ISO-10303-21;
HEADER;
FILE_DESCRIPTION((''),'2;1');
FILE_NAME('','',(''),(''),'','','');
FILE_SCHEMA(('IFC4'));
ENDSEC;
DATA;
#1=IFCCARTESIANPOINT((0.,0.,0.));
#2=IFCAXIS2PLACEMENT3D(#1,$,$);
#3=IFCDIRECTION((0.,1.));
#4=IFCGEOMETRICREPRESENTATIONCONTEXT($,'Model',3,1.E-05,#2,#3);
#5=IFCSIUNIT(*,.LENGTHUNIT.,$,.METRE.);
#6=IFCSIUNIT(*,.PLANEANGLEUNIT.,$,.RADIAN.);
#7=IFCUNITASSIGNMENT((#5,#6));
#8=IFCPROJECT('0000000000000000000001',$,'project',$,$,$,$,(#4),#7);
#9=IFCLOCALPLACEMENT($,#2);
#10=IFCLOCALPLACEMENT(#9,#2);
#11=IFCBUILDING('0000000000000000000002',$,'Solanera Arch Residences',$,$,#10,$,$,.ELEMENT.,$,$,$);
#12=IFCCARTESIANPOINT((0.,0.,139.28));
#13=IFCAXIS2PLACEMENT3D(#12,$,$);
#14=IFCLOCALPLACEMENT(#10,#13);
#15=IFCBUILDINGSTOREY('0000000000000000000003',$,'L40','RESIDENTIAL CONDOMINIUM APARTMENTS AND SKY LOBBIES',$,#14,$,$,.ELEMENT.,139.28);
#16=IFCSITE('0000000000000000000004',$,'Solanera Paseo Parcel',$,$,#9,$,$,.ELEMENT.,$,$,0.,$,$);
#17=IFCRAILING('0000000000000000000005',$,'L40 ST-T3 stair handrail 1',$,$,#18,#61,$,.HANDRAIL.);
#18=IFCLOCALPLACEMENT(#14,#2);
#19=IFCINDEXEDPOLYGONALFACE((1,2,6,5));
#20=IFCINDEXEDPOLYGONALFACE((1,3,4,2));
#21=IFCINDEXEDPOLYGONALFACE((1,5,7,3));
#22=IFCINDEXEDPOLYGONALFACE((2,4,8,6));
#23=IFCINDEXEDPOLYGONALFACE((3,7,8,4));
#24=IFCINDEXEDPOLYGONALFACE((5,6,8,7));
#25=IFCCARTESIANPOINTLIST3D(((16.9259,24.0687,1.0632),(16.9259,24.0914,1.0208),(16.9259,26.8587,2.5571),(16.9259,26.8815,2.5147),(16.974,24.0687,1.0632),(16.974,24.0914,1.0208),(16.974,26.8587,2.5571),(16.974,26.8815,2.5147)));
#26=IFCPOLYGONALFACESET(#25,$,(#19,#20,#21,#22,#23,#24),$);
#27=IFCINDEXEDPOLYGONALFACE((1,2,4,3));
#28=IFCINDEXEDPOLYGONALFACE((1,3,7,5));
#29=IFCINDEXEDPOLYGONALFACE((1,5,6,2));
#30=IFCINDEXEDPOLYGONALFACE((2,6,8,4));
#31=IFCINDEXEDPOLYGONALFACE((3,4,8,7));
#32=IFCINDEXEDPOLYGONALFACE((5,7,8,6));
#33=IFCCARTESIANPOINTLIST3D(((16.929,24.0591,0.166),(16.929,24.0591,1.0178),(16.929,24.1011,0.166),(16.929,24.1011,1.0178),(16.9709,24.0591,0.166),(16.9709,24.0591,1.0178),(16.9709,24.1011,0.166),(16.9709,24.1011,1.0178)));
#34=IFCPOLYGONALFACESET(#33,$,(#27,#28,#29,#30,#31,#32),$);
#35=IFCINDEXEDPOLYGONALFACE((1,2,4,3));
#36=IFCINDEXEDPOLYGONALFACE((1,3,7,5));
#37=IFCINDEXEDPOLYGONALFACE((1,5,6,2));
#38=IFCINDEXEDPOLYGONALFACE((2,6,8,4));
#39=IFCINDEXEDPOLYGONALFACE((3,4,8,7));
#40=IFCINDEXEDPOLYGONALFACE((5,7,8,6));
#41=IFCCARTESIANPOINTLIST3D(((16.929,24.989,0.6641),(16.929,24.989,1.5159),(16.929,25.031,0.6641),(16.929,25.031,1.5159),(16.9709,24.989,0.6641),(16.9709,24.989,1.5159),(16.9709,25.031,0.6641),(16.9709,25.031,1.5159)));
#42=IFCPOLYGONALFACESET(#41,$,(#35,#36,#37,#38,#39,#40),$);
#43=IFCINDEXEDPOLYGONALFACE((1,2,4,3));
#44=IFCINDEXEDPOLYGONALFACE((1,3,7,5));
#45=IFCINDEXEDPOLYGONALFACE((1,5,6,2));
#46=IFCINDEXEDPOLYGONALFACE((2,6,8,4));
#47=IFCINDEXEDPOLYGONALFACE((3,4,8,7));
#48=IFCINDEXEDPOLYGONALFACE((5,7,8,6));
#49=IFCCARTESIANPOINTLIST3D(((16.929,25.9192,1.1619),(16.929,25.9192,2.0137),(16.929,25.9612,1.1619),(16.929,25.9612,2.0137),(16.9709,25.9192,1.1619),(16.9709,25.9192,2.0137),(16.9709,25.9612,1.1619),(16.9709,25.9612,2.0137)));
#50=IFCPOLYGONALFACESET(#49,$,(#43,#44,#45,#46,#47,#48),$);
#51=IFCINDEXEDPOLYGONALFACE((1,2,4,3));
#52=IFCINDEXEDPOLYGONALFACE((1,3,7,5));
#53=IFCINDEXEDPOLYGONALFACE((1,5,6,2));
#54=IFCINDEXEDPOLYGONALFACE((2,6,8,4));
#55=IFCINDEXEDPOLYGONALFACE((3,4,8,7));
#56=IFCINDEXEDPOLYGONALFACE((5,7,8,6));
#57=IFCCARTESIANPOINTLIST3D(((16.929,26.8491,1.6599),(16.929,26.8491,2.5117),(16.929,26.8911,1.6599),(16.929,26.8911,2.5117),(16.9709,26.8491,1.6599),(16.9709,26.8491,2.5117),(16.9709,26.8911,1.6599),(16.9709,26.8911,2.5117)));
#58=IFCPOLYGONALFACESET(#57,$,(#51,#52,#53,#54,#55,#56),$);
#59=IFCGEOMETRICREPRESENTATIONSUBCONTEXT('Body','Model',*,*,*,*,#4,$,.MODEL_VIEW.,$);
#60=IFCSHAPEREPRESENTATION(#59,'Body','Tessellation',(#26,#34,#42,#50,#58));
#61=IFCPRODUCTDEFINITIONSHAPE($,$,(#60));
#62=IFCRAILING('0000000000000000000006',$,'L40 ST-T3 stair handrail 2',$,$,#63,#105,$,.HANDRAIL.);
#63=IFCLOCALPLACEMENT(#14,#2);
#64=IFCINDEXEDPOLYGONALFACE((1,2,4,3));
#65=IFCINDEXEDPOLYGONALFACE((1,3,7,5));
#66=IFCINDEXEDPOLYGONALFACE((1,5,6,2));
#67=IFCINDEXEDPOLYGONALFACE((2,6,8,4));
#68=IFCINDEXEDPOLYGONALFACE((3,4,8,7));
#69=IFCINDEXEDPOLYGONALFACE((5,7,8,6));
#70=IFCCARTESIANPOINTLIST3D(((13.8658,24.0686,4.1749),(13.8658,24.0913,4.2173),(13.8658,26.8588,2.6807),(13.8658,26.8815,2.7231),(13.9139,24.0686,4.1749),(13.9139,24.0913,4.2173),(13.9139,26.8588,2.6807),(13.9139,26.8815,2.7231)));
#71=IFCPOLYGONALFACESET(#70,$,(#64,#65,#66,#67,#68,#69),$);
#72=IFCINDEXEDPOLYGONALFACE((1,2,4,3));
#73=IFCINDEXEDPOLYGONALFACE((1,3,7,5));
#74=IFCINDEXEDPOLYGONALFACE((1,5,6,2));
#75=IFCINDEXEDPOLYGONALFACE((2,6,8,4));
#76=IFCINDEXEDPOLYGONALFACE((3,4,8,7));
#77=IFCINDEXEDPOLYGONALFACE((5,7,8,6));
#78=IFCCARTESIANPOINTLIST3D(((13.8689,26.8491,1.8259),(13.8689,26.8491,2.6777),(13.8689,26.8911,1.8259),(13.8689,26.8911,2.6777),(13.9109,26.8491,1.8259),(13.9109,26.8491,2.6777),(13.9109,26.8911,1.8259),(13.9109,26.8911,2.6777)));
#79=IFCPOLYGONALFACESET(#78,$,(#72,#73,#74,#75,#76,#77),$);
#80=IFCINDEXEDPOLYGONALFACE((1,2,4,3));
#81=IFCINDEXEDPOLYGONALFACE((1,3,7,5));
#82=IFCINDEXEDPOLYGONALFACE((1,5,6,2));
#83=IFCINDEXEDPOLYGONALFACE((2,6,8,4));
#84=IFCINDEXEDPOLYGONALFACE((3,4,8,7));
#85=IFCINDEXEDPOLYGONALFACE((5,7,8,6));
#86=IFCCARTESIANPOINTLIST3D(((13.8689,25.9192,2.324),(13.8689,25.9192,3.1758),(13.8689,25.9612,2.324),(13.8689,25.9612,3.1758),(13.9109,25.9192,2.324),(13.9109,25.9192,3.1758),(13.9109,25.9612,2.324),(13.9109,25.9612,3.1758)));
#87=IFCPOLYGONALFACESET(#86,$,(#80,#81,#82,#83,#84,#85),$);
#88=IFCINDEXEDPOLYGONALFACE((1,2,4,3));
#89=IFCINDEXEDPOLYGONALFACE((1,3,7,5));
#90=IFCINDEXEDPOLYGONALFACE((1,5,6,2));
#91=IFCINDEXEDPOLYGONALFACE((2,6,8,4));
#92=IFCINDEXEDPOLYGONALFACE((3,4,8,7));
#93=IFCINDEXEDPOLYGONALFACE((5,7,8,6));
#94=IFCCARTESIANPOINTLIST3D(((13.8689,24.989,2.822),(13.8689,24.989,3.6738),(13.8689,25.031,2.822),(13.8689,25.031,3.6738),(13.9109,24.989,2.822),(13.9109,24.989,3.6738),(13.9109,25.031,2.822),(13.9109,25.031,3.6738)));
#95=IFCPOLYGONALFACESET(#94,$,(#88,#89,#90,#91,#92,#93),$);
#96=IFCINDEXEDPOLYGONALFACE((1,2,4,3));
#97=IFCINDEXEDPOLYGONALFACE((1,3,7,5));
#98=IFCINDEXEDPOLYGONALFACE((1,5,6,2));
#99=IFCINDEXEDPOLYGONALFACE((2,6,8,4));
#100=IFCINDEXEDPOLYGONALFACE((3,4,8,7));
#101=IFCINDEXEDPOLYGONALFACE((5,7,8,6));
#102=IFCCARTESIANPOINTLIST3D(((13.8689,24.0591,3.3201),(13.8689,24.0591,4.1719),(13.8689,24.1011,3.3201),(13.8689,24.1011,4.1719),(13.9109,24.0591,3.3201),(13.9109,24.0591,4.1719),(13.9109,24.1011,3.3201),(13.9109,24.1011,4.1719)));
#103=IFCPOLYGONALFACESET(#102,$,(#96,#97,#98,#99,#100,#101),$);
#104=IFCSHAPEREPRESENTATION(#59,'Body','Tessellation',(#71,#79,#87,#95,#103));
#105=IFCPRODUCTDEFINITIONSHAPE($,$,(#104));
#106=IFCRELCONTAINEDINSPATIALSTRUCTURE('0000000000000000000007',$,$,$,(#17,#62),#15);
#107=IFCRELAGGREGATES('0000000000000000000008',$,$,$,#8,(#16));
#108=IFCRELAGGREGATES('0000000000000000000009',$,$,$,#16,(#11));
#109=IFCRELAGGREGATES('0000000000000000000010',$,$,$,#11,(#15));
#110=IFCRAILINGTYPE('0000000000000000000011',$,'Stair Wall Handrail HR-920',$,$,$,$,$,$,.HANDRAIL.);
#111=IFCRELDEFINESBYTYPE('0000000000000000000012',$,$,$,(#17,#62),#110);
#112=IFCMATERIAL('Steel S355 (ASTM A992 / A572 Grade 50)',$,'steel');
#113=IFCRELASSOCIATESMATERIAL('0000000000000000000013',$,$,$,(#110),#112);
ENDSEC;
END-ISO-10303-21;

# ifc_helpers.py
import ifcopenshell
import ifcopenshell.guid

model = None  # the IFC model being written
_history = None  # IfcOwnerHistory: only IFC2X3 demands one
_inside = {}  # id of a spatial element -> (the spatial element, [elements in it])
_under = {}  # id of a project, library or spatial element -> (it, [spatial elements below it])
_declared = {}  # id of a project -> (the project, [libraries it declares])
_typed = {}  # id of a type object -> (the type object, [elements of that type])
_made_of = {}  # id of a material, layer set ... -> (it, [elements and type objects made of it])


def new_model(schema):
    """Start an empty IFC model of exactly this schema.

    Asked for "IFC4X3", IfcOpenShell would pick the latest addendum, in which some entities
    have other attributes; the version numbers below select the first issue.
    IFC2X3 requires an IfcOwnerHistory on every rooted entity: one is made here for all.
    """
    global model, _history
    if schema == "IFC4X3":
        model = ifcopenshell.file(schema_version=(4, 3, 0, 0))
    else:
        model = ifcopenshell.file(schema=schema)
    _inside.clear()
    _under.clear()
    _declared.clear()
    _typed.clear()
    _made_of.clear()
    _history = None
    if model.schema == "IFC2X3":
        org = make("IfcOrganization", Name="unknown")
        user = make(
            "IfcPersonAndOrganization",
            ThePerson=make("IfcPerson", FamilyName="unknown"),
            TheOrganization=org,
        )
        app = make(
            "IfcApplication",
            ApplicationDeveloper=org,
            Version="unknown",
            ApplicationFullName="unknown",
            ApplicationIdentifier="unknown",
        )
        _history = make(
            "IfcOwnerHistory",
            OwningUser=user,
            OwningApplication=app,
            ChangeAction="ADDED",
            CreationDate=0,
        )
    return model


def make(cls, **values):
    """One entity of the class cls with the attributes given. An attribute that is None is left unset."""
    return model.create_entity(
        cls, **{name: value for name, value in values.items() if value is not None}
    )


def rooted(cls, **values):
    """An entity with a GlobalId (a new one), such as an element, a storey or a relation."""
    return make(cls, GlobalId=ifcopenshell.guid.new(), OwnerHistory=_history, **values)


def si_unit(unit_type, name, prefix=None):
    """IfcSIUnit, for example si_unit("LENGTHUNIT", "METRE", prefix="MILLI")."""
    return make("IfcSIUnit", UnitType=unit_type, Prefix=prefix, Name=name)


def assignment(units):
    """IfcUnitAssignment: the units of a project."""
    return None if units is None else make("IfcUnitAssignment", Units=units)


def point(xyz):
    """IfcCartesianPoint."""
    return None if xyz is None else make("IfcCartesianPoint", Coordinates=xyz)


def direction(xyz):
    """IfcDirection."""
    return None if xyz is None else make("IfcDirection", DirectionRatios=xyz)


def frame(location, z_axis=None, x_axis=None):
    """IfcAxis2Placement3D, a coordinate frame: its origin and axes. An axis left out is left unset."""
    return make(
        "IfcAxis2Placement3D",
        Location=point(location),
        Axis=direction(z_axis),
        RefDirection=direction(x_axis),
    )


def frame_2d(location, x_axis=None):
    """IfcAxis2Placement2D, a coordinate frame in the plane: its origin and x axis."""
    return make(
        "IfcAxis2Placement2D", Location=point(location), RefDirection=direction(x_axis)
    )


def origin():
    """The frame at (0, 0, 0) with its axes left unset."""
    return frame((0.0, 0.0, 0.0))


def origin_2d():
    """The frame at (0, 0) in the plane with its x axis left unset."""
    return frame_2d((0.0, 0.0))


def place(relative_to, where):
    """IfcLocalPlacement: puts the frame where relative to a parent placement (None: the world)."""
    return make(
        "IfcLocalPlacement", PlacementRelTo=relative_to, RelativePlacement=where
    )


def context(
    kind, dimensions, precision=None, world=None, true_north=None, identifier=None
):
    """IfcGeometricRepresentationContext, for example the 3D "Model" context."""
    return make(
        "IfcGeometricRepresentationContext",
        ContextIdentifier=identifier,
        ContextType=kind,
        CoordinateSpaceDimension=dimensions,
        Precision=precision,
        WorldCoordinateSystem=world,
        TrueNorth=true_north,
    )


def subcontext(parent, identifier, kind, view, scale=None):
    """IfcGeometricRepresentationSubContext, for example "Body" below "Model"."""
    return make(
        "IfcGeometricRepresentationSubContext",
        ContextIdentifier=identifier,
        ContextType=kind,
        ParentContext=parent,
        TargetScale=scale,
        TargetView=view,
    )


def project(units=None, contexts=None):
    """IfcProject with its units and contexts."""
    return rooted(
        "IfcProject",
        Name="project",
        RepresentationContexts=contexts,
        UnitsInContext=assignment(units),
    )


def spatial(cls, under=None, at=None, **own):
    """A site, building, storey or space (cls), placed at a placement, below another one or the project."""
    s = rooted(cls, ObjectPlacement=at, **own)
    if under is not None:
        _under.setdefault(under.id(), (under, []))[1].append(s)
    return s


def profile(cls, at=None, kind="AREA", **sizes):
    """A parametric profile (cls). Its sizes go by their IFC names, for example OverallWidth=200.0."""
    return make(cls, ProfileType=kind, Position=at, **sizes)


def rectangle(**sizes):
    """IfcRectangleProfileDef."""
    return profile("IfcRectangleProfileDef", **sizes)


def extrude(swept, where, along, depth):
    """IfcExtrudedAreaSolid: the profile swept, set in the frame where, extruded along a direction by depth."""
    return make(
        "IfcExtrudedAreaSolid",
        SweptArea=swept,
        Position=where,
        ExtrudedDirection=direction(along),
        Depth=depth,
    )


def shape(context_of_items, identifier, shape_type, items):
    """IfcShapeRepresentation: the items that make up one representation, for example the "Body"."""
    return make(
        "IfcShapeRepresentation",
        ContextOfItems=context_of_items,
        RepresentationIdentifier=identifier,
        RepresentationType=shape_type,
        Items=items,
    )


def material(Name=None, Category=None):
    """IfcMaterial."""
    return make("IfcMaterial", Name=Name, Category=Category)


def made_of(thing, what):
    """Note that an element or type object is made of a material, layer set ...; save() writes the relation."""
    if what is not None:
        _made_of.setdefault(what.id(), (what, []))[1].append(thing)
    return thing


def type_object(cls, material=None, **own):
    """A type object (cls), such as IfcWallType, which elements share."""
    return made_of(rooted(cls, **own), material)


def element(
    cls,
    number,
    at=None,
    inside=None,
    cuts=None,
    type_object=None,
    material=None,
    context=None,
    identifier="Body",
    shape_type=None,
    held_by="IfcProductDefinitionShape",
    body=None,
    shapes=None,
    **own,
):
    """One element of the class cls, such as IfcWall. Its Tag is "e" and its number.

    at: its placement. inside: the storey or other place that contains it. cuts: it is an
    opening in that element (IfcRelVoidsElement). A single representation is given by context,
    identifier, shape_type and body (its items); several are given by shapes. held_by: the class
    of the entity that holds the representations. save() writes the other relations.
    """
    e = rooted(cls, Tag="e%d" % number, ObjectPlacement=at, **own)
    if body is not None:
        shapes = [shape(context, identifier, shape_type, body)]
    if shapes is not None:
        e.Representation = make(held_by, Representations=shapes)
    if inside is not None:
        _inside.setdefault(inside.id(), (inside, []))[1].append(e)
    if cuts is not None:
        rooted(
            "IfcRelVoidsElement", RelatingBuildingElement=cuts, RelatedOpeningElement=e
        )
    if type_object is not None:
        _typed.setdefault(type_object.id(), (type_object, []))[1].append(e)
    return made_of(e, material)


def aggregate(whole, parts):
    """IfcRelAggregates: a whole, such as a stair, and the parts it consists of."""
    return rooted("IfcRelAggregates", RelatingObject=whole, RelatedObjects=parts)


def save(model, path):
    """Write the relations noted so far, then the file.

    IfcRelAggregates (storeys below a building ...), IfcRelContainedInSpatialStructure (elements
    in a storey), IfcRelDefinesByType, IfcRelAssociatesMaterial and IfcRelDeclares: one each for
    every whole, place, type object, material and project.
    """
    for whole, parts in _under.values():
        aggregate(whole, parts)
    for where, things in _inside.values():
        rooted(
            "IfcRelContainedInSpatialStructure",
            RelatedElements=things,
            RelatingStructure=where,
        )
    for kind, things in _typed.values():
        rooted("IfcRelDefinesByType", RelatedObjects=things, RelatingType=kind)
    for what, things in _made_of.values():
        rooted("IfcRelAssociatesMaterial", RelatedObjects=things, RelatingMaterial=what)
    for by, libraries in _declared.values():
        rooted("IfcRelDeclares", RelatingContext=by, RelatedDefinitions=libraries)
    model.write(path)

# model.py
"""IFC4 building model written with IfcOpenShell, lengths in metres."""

from ifc_helpers import new_model, si_unit, direction, frame, origin, origin_2d, place, context, subcontext, project, spatial, rectangle, extrude, material, type_object, element, save


model = new_model("IFC4")

# Units and contexts
model_context = context("Model", 3, precision=1e-05, world=origin(), true_north=direction((0.0, 1.0)))
body_context = subcontext(model_context, "Body", "Model", "MODEL_VIEW")
ifc_project = project(units=[si_unit("LENGTHUNIT", "METRE"), si_unit("PLANEANGLEUNIT", "RADIAN")], contexts=[model_context])

# Site, building, storey
site_placement = place(None, origin())
site = spatial("IfcSite", under=ifc_project, at=site_placement, Name="Solanera Paseo Parcel", CompositionType="ELEMENT", RefElevation=0.0)
building_placement = place(site_placement, origin())
building = spatial("IfcBuilding", under=site, at=building_placement, Name="Solanera Arch Residences", CompositionType="ELEMENT")
storey_placement = place(building_placement, frame((0.0, 0.0, 139.28)))
storey = spatial("IfcBuildingStorey", under=building, at=storey_placement, Name="L40", Description="RESIDENTIAL CONDOMINIUM APARTMENTS AND SKY LOBBIES", CompositionType="ELEMENT", Elevation=139.28)

# Railings
ifc_material_1 = material(Name="Steel S355 (ASTM A992 / A572 Grade 50)", Category="steel")
railing_type_1 = type_object("IfcRailingType", Name="Stair Wall Handrail HR-920", PredefinedType="HANDRAIL", material=ifc_material_1)
railing_1_placement = place(storey_placement, frame((16.95, 24.0801, 0.166)))
element("IfcRailing", 1, at=railing_1_placement, inside=storey, type_object=railing_type_1, Name="L40 ST-T3 stair handrail 1", PredefinedType="HANDRAIL", context=body_context, shape_type="SweptSolid", body=[
    extrude(rectangle(XDim=0.0481, YDim=0.0481, at=origin_2d()), frame((0.0, 0.0, 0.876), z_axis=(0.0, 0.881581, 0.472033), x_axis=(-1.0, 0.0, 0.0)), (0.0, 0.0, 1.0), 3.1648),
    extrude(rectangle(XDim=0.042, YDim=0.042, at=origin_2d()), origin(), (0.0, 0.0, 1.0), 0.8518),
    extrude(rectangle(XDim=0.042, YDim=0.042, at=origin_2d()), frame((0.0, 0.9299, 0.498)), (0.0, 0.0, 1.0), 0.8518),
    extrude(rectangle(XDim=0.042, YDim=0.042, at=origin_2d()), frame((0.0, 1.8601, 0.9958)), (0.0, 0.0, 1.0), 0.8518),
    extrude(rectangle(XDim=0.042, YDim=0.042, at=origin_2d()), frame((0.0, 2.79, 1.4939)), (0.0, 0.0, 1.0), 0.8518),
])
railing_2_placement = place(storey_placement, frame((13.8899, 26.8701, 1.8259)))
element("IfcRailing", 2, at=railing_2_placement, inside=storey, type_object=railing_type_1, Name="L40 ST-T3 stair handrail 2", PredefinedType="HANDRAIL", context=body_context, shape_type="SweptSolid", body=[
    extrude(rectangle(XDim=0.0481, YDim=0.0481, at=origin_2d()), frame((0.0, 0.0, 0.876), z_axis=(0.0, -0.881549, 0.472093), x_axis=(1.0, 0.0, 0.0)), (0.0, 0.0, 1.0), 3.165),
    extrude(rectangle(XDim=0.042, YDim=0.042, at=origin_2d()), origin(), (0.0, 0.0, 1.0), 0.8518),
    extrude(rectangle(XDim=0.042, YDim=0.042, at=origin_2d()), frame((0.0, -0.9299, 0.498)), (0.0, 0.0, 1.0), 0.8518),
    extrude(rectangle(XDim=0.042, YDim=0.042, at=origin_2d()), frame((0.0, -1.8601, 0.9961)), (0.0, 0.0, 1.0), 0.8518),
    extrude(rectangle(XDim=0.042, YDim=0.042, at=origin_2d()), frame((0.0, -2.79, 1.4941)), (0.0, 0.0, 1.0), 0.8518),
])

save(model, "model.ifc")
